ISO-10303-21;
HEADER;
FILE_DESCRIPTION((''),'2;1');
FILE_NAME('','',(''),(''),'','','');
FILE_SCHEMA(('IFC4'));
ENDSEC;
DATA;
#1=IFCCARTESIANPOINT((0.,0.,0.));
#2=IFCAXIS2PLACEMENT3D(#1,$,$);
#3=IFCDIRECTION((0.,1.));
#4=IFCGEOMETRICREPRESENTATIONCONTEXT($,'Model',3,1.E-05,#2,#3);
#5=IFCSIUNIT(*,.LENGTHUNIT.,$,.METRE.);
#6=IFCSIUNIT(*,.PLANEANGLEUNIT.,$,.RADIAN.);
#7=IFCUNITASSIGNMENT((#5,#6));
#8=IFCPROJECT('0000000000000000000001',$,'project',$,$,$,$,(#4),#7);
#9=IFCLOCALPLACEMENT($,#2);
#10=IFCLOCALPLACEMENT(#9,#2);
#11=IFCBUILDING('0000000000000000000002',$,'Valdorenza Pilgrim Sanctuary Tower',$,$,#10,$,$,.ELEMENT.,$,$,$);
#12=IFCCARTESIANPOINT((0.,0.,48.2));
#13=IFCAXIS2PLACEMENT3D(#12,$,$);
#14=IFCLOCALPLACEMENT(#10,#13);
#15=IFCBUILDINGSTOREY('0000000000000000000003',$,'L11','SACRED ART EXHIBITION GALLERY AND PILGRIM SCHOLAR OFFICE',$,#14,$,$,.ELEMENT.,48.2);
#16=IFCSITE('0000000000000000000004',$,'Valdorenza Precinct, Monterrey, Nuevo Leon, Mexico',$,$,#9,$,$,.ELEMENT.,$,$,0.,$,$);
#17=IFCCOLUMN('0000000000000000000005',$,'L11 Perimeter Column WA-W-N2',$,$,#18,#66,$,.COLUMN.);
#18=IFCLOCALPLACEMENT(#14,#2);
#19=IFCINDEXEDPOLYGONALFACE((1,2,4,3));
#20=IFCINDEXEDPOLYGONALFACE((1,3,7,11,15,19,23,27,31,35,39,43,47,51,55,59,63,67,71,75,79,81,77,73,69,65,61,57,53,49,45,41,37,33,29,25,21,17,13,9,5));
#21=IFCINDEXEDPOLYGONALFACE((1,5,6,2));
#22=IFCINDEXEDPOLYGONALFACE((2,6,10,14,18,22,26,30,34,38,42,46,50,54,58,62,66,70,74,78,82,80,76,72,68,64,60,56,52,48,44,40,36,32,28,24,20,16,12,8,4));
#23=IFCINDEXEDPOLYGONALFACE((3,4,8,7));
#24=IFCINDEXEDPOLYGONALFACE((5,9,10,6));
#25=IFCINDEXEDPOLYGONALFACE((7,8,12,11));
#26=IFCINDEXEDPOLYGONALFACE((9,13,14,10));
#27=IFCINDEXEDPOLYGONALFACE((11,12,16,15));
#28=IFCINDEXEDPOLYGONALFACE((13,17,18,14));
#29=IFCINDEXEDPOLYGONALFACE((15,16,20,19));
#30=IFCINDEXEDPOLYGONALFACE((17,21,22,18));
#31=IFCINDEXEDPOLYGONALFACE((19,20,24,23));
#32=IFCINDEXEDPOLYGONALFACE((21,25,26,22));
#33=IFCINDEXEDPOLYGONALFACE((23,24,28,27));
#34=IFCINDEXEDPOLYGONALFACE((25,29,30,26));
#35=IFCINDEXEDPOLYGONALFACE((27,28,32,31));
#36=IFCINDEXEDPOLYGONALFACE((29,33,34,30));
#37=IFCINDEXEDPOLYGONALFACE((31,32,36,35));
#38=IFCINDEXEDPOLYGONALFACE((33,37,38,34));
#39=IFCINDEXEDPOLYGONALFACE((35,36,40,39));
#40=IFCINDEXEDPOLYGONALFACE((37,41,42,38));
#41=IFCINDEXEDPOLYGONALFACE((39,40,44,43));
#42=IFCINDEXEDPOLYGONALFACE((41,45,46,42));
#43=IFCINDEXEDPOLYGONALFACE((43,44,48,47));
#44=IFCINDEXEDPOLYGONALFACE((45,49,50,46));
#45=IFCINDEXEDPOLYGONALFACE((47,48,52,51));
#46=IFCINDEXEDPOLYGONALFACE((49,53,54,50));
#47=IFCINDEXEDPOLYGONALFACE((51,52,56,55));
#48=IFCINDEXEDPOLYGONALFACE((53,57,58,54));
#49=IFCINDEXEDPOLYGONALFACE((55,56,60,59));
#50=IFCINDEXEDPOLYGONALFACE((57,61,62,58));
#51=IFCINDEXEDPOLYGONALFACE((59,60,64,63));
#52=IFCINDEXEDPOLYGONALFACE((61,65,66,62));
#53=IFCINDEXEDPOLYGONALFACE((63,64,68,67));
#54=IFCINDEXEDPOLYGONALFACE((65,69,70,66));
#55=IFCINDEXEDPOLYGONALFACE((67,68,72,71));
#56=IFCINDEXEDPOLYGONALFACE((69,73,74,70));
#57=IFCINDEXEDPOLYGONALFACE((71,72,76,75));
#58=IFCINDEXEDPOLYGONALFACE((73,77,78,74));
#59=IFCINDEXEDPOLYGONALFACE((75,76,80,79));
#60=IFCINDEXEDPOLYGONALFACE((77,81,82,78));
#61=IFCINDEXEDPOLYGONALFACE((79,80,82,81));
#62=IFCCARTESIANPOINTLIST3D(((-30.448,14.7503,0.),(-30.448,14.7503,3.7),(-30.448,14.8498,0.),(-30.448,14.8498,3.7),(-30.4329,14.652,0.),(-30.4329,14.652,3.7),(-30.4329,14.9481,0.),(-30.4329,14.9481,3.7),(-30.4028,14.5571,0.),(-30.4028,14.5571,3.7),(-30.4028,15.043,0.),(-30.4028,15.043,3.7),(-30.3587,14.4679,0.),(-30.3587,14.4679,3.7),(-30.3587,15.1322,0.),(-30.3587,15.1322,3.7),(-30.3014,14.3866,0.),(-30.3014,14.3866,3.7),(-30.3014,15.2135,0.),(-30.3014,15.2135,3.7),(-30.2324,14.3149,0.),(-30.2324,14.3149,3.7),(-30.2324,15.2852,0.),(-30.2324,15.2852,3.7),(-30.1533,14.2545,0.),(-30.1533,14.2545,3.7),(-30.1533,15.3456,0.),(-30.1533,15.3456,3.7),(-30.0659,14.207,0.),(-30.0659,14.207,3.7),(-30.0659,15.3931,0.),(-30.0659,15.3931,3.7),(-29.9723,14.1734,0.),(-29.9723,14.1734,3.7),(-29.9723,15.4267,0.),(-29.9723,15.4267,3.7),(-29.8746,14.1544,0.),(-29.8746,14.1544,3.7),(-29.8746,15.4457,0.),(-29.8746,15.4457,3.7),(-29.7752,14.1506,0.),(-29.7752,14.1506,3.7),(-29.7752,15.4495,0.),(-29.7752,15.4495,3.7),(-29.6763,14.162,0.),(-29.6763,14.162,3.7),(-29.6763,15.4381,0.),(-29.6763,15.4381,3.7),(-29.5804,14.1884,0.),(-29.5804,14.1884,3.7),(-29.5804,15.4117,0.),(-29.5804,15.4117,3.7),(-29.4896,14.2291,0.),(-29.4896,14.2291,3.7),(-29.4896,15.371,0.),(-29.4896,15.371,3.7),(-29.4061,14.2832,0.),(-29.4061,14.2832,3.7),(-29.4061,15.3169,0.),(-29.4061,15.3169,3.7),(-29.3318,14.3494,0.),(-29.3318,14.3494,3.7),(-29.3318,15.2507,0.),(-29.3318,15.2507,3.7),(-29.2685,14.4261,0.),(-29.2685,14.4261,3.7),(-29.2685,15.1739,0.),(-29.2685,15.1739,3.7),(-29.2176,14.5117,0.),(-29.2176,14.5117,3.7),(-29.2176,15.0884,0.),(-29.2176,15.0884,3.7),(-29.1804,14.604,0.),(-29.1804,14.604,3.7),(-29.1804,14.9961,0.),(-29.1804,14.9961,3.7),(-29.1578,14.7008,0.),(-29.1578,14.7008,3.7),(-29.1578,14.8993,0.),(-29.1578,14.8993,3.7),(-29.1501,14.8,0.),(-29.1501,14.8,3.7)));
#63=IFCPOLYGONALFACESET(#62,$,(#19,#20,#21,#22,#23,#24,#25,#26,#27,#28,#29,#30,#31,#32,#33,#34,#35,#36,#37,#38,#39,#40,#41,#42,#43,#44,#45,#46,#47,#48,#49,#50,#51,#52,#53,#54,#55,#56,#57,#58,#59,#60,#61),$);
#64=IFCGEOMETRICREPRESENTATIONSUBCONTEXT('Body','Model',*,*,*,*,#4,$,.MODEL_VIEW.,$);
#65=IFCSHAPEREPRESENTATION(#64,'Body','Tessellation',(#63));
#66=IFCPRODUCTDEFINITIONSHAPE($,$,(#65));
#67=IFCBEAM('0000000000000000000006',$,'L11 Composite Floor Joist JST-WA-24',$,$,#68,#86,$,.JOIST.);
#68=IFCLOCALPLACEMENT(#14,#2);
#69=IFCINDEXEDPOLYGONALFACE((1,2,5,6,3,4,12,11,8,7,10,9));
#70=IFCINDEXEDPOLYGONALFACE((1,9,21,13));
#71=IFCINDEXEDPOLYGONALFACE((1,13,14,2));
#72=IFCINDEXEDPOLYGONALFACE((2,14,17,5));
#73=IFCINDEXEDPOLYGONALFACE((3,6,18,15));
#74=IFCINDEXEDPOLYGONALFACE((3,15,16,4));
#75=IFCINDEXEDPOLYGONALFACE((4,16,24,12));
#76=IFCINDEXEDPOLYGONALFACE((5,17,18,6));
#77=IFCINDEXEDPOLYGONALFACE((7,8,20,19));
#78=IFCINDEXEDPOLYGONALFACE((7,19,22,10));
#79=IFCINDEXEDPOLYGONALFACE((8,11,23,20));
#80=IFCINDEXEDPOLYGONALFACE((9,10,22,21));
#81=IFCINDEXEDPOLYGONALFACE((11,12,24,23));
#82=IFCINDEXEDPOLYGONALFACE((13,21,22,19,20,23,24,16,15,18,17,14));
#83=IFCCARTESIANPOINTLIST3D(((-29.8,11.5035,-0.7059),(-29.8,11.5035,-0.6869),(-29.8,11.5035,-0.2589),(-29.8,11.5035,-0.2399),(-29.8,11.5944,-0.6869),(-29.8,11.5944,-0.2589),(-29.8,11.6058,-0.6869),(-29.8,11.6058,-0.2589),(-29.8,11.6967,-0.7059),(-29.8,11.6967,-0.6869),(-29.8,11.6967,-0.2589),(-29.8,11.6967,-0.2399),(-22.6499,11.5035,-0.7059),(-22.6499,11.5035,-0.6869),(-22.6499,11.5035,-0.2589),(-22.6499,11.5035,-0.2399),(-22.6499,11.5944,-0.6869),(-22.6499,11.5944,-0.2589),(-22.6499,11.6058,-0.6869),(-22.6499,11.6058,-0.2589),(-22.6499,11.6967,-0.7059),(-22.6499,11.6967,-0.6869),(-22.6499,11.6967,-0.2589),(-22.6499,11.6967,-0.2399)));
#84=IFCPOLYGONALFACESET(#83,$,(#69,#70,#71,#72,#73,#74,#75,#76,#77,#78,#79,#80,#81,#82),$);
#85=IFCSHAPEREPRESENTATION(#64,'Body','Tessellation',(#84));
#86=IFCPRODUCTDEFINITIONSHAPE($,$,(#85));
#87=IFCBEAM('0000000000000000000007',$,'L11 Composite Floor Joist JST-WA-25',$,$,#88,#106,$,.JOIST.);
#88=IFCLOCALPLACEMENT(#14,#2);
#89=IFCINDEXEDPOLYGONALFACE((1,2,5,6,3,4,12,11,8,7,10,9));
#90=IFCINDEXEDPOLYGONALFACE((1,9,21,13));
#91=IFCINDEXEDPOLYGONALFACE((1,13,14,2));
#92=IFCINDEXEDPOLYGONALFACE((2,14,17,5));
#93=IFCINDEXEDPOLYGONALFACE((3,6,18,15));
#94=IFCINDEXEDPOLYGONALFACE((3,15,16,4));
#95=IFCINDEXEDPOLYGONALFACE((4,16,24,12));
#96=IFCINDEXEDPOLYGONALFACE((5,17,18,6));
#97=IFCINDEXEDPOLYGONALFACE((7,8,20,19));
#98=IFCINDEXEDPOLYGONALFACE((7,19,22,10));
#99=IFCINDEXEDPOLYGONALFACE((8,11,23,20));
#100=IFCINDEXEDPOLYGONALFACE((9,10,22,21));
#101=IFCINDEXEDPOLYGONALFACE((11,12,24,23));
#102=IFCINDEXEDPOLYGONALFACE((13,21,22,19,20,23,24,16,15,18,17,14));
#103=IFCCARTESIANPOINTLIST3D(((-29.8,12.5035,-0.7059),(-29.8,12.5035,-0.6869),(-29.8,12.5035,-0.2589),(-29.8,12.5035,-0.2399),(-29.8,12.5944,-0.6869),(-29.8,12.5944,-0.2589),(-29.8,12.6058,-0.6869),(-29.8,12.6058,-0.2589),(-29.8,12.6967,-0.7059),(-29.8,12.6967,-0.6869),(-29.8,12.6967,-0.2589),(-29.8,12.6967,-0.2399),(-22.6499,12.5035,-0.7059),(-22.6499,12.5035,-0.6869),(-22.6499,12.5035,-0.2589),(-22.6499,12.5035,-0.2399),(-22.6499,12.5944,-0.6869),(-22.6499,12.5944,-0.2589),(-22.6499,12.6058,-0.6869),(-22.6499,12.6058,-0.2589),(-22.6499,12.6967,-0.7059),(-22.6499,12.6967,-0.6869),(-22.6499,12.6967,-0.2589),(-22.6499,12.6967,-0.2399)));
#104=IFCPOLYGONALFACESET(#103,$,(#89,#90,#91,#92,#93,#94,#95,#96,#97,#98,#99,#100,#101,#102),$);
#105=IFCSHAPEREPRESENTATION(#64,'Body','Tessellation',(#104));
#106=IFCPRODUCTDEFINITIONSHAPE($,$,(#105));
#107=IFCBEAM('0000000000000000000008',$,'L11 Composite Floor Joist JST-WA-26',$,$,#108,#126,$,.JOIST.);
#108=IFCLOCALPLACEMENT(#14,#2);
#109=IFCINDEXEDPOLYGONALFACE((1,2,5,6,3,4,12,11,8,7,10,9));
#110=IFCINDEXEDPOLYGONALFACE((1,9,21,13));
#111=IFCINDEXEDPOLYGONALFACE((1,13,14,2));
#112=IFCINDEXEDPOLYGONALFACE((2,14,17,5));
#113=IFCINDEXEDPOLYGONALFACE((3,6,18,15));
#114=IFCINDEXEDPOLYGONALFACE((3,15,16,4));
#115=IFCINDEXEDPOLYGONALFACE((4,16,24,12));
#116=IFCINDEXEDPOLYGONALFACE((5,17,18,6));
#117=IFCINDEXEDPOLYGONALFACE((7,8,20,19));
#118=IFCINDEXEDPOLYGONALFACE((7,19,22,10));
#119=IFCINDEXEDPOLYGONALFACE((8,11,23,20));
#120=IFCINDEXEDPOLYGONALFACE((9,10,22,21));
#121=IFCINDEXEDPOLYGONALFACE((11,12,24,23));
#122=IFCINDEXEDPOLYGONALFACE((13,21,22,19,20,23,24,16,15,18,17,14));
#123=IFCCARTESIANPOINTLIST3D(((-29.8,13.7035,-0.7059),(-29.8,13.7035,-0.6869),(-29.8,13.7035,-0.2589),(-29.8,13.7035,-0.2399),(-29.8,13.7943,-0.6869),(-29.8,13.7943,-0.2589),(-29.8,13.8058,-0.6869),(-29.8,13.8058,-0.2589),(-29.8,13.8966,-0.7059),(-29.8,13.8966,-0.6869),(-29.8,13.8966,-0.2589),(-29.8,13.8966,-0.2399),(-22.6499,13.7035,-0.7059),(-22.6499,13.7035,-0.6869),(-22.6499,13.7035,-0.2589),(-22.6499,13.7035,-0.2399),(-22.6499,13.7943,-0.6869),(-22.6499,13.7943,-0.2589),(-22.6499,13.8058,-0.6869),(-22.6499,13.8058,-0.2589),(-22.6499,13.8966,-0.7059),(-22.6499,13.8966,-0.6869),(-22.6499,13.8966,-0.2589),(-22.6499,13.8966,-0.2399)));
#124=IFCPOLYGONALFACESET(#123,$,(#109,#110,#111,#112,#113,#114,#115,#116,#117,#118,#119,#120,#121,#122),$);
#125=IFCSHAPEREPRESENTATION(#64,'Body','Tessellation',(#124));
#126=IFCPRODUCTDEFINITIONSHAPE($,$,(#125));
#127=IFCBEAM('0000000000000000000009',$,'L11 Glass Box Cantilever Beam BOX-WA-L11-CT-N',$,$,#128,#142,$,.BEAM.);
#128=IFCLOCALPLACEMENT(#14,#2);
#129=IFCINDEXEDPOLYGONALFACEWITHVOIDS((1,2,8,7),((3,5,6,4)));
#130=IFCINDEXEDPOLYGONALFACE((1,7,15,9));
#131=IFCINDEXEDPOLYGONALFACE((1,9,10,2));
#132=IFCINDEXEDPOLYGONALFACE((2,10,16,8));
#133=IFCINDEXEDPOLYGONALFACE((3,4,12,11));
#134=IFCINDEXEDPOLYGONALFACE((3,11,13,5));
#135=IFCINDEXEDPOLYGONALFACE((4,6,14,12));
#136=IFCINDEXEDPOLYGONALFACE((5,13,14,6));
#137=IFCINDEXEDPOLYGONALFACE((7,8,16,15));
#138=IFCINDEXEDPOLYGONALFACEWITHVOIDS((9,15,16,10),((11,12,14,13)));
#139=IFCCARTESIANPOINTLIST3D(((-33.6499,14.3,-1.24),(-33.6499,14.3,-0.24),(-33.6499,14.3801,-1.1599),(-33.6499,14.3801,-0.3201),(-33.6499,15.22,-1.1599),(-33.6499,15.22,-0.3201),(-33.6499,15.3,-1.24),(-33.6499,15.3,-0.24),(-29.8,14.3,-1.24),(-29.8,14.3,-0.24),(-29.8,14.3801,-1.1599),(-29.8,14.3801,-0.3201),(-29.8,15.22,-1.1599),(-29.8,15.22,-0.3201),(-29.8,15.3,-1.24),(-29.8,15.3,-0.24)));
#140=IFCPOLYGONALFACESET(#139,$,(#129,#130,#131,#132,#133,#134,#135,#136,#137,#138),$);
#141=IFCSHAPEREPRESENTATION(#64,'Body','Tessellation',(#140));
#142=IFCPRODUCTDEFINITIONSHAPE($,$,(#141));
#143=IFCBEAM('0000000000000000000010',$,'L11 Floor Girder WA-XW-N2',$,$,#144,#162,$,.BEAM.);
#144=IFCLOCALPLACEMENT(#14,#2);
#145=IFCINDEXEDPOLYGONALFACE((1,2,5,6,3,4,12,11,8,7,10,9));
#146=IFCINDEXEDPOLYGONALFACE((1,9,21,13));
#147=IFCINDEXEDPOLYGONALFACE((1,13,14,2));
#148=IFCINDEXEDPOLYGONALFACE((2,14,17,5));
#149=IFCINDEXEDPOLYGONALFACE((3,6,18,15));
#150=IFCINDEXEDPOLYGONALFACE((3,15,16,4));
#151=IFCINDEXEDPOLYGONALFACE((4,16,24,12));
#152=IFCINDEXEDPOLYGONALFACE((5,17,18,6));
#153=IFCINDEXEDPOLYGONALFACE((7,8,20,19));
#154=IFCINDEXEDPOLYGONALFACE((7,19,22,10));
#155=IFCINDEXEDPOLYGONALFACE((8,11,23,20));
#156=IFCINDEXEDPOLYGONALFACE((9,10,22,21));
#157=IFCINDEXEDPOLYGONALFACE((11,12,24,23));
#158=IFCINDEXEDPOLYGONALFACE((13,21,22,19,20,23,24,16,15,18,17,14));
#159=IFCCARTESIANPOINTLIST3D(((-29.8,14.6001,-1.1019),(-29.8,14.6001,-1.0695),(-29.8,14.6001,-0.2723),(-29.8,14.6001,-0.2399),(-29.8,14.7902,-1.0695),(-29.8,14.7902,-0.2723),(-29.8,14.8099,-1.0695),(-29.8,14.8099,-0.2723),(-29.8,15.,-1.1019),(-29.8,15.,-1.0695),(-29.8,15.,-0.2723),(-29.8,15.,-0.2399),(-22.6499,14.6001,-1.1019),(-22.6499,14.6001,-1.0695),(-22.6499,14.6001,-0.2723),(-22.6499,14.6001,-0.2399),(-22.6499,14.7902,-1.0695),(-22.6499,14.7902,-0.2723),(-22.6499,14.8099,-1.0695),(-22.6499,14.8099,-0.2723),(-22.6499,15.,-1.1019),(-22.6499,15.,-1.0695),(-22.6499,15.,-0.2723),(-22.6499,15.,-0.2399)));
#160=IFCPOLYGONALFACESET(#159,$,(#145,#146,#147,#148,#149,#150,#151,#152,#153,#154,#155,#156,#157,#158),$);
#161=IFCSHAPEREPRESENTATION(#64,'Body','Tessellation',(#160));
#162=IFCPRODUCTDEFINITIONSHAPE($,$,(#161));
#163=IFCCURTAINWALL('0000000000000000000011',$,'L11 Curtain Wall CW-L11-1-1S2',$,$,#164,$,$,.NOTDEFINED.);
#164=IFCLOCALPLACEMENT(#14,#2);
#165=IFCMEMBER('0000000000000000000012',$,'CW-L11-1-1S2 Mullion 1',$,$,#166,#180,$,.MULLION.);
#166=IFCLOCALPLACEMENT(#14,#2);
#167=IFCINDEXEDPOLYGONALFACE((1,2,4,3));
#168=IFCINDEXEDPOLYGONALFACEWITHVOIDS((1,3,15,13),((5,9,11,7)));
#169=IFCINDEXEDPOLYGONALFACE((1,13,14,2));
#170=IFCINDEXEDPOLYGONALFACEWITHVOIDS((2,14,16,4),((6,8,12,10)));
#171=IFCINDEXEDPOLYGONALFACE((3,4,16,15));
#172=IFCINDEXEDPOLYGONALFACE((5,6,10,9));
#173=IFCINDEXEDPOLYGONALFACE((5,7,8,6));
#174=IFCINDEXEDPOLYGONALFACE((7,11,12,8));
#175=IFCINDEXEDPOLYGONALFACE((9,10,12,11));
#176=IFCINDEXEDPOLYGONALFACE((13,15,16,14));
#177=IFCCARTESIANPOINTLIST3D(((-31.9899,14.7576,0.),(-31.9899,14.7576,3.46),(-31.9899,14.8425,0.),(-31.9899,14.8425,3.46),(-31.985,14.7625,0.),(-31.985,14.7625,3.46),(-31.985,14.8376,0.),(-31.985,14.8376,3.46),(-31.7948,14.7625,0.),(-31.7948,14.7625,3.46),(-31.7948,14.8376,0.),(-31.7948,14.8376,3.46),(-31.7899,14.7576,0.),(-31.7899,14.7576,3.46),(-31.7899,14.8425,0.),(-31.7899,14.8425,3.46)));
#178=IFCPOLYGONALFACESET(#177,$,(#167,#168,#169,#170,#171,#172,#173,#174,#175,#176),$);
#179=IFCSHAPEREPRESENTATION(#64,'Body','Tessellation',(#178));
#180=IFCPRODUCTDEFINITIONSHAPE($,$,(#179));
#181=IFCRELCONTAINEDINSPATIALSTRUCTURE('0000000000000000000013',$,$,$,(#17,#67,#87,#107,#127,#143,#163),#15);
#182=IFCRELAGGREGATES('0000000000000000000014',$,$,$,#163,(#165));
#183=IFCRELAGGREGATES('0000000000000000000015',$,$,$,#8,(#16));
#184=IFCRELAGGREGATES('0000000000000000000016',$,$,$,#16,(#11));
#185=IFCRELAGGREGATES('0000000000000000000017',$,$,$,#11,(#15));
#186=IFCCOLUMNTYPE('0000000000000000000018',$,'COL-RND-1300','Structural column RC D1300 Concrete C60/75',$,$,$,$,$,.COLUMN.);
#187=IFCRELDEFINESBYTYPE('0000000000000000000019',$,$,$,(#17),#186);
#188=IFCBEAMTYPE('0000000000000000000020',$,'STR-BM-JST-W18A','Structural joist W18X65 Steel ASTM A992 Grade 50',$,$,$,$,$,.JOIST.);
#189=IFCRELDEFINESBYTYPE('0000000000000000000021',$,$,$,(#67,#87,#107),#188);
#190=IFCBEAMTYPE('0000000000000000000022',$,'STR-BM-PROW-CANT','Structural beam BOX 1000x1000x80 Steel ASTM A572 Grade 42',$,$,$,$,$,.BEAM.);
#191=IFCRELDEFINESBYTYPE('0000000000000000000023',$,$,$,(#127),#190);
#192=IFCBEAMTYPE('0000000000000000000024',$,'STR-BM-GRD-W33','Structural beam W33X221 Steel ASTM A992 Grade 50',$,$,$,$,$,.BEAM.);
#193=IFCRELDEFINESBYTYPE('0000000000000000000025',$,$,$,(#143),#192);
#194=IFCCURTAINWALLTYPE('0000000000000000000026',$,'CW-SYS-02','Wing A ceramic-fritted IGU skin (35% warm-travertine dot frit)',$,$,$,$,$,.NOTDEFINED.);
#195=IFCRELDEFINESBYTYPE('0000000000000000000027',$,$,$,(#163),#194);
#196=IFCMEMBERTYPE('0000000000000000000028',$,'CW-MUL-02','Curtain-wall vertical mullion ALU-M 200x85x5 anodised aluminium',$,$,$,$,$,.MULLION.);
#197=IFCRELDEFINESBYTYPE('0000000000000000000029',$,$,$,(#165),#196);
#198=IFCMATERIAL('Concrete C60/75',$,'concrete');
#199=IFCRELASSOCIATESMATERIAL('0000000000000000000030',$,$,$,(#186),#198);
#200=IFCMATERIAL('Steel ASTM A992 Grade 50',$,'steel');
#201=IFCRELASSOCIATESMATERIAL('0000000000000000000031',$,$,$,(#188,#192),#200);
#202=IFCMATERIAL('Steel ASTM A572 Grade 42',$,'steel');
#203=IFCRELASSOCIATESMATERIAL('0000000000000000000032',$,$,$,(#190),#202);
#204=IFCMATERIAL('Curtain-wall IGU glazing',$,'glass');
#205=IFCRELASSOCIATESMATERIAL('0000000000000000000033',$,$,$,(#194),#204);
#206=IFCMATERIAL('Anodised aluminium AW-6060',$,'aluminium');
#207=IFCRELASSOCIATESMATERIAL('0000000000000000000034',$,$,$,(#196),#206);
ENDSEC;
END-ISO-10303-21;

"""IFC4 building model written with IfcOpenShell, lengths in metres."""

from ifc_helpers import new_model, si_unit, direction, frame, origin, origin_2d, place, context, subcontext, project, spatial, hollow_rectangle, circle, i_section, extrude, source, transform, mapped, material, material_profile, profile_set, type_object, element, aggregate, save


model = new_model("IFC4")

# Units and contexts
model_context = context("Model", 3, precision=1e-05, world=origin(), true_north=direction((0.0, 1.0)))
body_context = subcontext(model_context, "Body", "Model", "MODEL_VIEW")
ifc_project = project(units=[si_unit("LENGTHUNIT", "METRE"), si_unit("PLANEANGLEUNIT", "RADIAN")], contexts=[model_context])

# Site, building, storey
site_placement = place(None, origin())
site = spatial("IfcSite", under=ifc_project, at=site_placement, Name="Valdorenza Precinct, Monterrey, Nuevo Leon, Mexico", CompositionType="ELEMENT", RefElevation=0.0)
building_placement = place(site_placement, origin())
building = spatial("IfcBuilding", under=site, at=building_placement, Name="Valdorenza Pilgrim Sanctuary Tower", CompositionType="ELEMENT")
storey_placement = place(building_placement, frame((0.0, 0.0, 48.2)))
storey = spatial("IfcBuildingStorey", under=building, at=storey_placement, Name="L11", Description="SACRED ART EXHIBITION GALLERY AND PILGRIM SCHOLAR OFFICE", CompositionType="ELEMENT", Elevation=48.2)

# Column
ifc_material_1 = material(Name="Concrete C60/75", Category="concrete")
ifc_material_profile_1 = material_profile(ifc_material_1, circle(Radius=0.6499, at=origin_2d()), Name="RC D1300")
ifc_profile_set_1 = profile_set([ifc_material_profile_1], Name="Concrete C60/75")
column_type = type_object("IfcColumnType", Name="COL-RND-1300", Description="Structural column RC D1300 Concrete C60/75", PredefinedType="COLUMN", material=ifc_profile_set_1)
shared_shape_1 = source(origin(), body_context, "Body", "SweptSolid", [
    extrude(circle(Radius=0.6499, at=origin_2d()), origin(), (0.0, 0.0, 1.0), 3.7),
])
column_placement = place(storey_placement, frame((-29.8, 14.8, 0.0), z_axis=(0.0, 0.0, 1.0), x_axis=(1.0, 0.0, 0.0)))
element("IfcColumn", 1, at=column_placement, inside=storey, type_object=column_type, Name="L11 Perimeter Column WA-W-N2", PredefinedType="COLUMN", context=body_context, shape_type="MappedRepresentation", body=[
    mapped(shared_shape_1, transform((0.0, 0.0, 0.0), x_axis=(1.0, 0.0, 0.0), y_axis=(0.0, 1.0, 0.0), z_axis=(0.0, 0.0, 1.0), scale=1.0)),
])

# Beams
ifc_material_2 = material(Name="Steel ASTM A992 Grade 50", Category="steel")
ifc_material_profile_2 = material_profile(ifc_material_2, i_section(OverallWidth=0.1931, OverallDepth=0.4661, WebThickness=0.0115, FlangeThickness=0.019, at=origin_2d()), Name="W18X65")
ifc_profile_set_2 = profile_set([ifc_material_profile_2], Name="Steel ASTM A992 Grade 50")
beam_type_1 = type_object("IfcBeamType", Name="STR-BM-JST-W18A", Description="Structural joist W18X65 Steel ASTM A992 Grade 50", PredefinedType="JOIST", material=ifc_profile_set_2)
shared_shape_2 = source(origin(), body_context, "Body", "SweptSolid", [
    extrude(i_section(OverallWidth=0.1931, OverallDepth=0.4661, WebThickness=0.0115, FlangeThickness=0.019, at=origin_2d()), origin(), (0.0, 0.0, 1.0), 7.1501),
])
for number, where, z_axis, x_axis, name in (
    (2, (-29.8, 11.6001, -0.4729), (1.0, 0.0, 0.0), (0.0, 1.0, 0.0), "L11 Composite Floor Joist JST-WA-24"),
    (3, (-29.8, 12.6001, -0.4729), (1.0, 0.0, 0.0), (0.0, 1.0, 0.0), "L11 Composite Floor Joist JST-WA-25"),
    (4, (-29.8, 13.8, -0.4729), (1.0, 0.0, 0.0), (0.0, 1.0, 0.0), "L11 Composite Floor Joist JST-WA-26"),
):
    element("IfcBeam", number, at=place(storey_placement, frame(where, z_axis=z_axis, x_axis=x_axis)), inside=storey, type_object=beam_type_1, Name=name, PredefinedType="JOIST", context=body_context, shape_type="MappedRepresentation", body=[
        mapped(shared_shape_2, transform((0.0, 0.0, 0.0), x_axis=(1.0, 0.0, 0.0), y_axis=(0.0, 1.0, 0.0), z_axis=(0.0, 0.0, 1.0), scale=1.0)),
    ])
ifc_material_3 = material(Name="Steel ASTM A572 Grade 42", Category="steel")
ifc_material_profile_3 = material_profile(ifc_material_3, hollow_rectangle(XDim=1.0, YDim=1.0, WallThickness=0.0801, at=origin_2d()), Name="BOX 1000x1000x80")
ifc_profile_set_3 = profile_set([ifc_material_profile_3], Name="Steel ASTM A572 Grade 42")
beam_type_2 = type_object("IfcBeamType", Name="STR-BM-PROW-CANT", Description="Structural beam BOX 1000x1000x80 Steel ASTM A572 Grade 42", PredefinedType="BEAM", material=ifc_profile_set_3)
shared_shape_3 = source(origin(), body_context, "Body", "SweptSolid", [
    extrude(hollow_rectangle(XDim=1.0, YDim=1.0, WallThickness=0.0801, at=origin_2d()), origin(), (0.0, 0.0, 1.0), 3.8499),
])
beam_1_placement = place(storey_placement, frame((-29.8, 14.8, -0.74), z_axis=(-1.0, 0.0, 0.0), x_axis=(0.0, -1.0, 0.0)))
element("IfcBeam", 5, at=beam_1_placement, inside=storey, type_object=beam_type_2, Name="L11 Glass Box Cantilever Beam BOX-WA-L11-CT-N", PredefinedType="BEAM", context=body_context, shape_type="MappedRepresentation", body=[
    mapped(shared_shape_3, transform((0.0, 0.0, 0.0), x_axis=(1.0, 0.0, 0.0), y_axis=(0.0, 1.0, 0.0), z_axis=(0.0, 0.0, 1.0), scale=1.0)),
])
ifc_material_profile_4 = material_profile(ifc_material_2, i_section(OverallWidth=0.3999, OverallDepth=0.8621, WebThickness=0.0198, FlangeThickness=0.0325, at=origin_2d()), Name="W33X221")
ifc_profile_set_4 = profile_set([ifc_material_profile_4], Name="Steel ASTM A992 Grade 50")
beam_type_3 = type_object("IfcBeamType", Name="STR-BM-GRD-W33", Description="Structural beam W33X221 Steel ASTM A992 Grade 50", PredefinedType="BEAM", material=ifc_profile_set_4)
shared_shape_4 = source(origin(), body_context, "Body", "SweptSolid", [
    extrude(i_section(OverallWidth=0.3999, OverallDepth=0.8621, WebThickness=0.0198, FlangeThickness=0.0325, at=origin_2d()), origin(), (0.0, 0.0, 1.0), 7.1501),
])
beam_2_placement = place(storey_placement, frame((-29.8, 14.8, -0.6709), z_axis=(1.0, 0.0, 0.0), x_axis=(0.0, 1.0, 0.0)))
element("IfcBeam", 6, at=beam_2_placement, inside=storey, type_object=beam_type_3, Name="L11 Floor Girder WA-XW-N2", PredefinedType="BEAM", context=body_context, shape_type="MappedRepresentation", body=[
    mapped(shared_shape_4, transform((0.0, 0.0, 0.0), x_axis=(1.0, 0.0, 0.0), y_axis=(0.0, 1.0, 0.0), z_axis=(0.0, 0.0, 1.0), scale=1.0)),
])

# Curtain wall, member
ifc_material_4 = material(Name="Curtain-wall IGU glazing", Category="glass")
curtain_wall_type = type_object("IfcCurtainWallType", Name="CW-SYS-02", Description="Wing A ceramic-fritted IGU skin (35% warm-travertine dot frit)", PredefinedType="NOTDEFINED", material=ifc_material_4)
curtain_wall_1_placement = place(storey_placement, origin())
curtain_wall_1 = element("IfcCurtainWall", 7, at=curtain_wall_1_placement, inside=storey, type_object=curtain_wall_type, Name="L11 Curtain Wall CW-L11-1-1S2", PredefinedType="NOTDEFINED")
ifc_material_5 = material(Name="Anodised aluminium AW-6060", Category="aluminium")
ifc_material_profile_5 = material_profile(ifc_material_5, hollow_rectangle(XDim=0.085, YDim=0.2, WallThickness=0.0049, at=origin_2d()), Name="ALU-M 200x85x5")
ifc_profile_set_5 = profile_set([ifc_material_profile_5], Name="Anodised aluminium AW-6060")
member_type_1 = type_object("IfcMemberType", Name="CW-MUL-02", Description="Curtain-wall vertical mullion ALU-M 200x85x5 anodised aluminium", PredefinedType="MULLION", material=ifc_profile_set_5)
shared_shape_5 = source(origin(), body_context, "Body", "SweptSolid", [
    extrude(hollow_rectangle(XDim=0.085, YDim=0.2, WallThickness=0.0049, at=origin_2d()), origin(), (0.0, 0.0, 1.0), 3.46),
])
member_1_placement = place(storey_placement, frame((-31.8899, 14.8, 0.0), z_axis=(0.0, 0.0, 1.0), x_axis=(0.0, 1.0, 0.0)))
member_1 = element("IfcMember", 8, at=member_1_placement, type_object=member_type_1, Name="CW-L11-1-1S2 Mullion 1", PredefinedType="MULLION", context=body_context, shape_type="MappedRepresentation", body=[
    mapped(shared_shape_5, transform((0.0, 0.0, 0.0), x_axis=(1.0, 0.0, 0.0), y_axis=(0.0, 1.0, 0.0), z_axis=(0.0, 0.0, 1.0), scale=1.0)),
])

aggregate(curtain_wall_1, [member_1])

save(model, "model.ifc")
